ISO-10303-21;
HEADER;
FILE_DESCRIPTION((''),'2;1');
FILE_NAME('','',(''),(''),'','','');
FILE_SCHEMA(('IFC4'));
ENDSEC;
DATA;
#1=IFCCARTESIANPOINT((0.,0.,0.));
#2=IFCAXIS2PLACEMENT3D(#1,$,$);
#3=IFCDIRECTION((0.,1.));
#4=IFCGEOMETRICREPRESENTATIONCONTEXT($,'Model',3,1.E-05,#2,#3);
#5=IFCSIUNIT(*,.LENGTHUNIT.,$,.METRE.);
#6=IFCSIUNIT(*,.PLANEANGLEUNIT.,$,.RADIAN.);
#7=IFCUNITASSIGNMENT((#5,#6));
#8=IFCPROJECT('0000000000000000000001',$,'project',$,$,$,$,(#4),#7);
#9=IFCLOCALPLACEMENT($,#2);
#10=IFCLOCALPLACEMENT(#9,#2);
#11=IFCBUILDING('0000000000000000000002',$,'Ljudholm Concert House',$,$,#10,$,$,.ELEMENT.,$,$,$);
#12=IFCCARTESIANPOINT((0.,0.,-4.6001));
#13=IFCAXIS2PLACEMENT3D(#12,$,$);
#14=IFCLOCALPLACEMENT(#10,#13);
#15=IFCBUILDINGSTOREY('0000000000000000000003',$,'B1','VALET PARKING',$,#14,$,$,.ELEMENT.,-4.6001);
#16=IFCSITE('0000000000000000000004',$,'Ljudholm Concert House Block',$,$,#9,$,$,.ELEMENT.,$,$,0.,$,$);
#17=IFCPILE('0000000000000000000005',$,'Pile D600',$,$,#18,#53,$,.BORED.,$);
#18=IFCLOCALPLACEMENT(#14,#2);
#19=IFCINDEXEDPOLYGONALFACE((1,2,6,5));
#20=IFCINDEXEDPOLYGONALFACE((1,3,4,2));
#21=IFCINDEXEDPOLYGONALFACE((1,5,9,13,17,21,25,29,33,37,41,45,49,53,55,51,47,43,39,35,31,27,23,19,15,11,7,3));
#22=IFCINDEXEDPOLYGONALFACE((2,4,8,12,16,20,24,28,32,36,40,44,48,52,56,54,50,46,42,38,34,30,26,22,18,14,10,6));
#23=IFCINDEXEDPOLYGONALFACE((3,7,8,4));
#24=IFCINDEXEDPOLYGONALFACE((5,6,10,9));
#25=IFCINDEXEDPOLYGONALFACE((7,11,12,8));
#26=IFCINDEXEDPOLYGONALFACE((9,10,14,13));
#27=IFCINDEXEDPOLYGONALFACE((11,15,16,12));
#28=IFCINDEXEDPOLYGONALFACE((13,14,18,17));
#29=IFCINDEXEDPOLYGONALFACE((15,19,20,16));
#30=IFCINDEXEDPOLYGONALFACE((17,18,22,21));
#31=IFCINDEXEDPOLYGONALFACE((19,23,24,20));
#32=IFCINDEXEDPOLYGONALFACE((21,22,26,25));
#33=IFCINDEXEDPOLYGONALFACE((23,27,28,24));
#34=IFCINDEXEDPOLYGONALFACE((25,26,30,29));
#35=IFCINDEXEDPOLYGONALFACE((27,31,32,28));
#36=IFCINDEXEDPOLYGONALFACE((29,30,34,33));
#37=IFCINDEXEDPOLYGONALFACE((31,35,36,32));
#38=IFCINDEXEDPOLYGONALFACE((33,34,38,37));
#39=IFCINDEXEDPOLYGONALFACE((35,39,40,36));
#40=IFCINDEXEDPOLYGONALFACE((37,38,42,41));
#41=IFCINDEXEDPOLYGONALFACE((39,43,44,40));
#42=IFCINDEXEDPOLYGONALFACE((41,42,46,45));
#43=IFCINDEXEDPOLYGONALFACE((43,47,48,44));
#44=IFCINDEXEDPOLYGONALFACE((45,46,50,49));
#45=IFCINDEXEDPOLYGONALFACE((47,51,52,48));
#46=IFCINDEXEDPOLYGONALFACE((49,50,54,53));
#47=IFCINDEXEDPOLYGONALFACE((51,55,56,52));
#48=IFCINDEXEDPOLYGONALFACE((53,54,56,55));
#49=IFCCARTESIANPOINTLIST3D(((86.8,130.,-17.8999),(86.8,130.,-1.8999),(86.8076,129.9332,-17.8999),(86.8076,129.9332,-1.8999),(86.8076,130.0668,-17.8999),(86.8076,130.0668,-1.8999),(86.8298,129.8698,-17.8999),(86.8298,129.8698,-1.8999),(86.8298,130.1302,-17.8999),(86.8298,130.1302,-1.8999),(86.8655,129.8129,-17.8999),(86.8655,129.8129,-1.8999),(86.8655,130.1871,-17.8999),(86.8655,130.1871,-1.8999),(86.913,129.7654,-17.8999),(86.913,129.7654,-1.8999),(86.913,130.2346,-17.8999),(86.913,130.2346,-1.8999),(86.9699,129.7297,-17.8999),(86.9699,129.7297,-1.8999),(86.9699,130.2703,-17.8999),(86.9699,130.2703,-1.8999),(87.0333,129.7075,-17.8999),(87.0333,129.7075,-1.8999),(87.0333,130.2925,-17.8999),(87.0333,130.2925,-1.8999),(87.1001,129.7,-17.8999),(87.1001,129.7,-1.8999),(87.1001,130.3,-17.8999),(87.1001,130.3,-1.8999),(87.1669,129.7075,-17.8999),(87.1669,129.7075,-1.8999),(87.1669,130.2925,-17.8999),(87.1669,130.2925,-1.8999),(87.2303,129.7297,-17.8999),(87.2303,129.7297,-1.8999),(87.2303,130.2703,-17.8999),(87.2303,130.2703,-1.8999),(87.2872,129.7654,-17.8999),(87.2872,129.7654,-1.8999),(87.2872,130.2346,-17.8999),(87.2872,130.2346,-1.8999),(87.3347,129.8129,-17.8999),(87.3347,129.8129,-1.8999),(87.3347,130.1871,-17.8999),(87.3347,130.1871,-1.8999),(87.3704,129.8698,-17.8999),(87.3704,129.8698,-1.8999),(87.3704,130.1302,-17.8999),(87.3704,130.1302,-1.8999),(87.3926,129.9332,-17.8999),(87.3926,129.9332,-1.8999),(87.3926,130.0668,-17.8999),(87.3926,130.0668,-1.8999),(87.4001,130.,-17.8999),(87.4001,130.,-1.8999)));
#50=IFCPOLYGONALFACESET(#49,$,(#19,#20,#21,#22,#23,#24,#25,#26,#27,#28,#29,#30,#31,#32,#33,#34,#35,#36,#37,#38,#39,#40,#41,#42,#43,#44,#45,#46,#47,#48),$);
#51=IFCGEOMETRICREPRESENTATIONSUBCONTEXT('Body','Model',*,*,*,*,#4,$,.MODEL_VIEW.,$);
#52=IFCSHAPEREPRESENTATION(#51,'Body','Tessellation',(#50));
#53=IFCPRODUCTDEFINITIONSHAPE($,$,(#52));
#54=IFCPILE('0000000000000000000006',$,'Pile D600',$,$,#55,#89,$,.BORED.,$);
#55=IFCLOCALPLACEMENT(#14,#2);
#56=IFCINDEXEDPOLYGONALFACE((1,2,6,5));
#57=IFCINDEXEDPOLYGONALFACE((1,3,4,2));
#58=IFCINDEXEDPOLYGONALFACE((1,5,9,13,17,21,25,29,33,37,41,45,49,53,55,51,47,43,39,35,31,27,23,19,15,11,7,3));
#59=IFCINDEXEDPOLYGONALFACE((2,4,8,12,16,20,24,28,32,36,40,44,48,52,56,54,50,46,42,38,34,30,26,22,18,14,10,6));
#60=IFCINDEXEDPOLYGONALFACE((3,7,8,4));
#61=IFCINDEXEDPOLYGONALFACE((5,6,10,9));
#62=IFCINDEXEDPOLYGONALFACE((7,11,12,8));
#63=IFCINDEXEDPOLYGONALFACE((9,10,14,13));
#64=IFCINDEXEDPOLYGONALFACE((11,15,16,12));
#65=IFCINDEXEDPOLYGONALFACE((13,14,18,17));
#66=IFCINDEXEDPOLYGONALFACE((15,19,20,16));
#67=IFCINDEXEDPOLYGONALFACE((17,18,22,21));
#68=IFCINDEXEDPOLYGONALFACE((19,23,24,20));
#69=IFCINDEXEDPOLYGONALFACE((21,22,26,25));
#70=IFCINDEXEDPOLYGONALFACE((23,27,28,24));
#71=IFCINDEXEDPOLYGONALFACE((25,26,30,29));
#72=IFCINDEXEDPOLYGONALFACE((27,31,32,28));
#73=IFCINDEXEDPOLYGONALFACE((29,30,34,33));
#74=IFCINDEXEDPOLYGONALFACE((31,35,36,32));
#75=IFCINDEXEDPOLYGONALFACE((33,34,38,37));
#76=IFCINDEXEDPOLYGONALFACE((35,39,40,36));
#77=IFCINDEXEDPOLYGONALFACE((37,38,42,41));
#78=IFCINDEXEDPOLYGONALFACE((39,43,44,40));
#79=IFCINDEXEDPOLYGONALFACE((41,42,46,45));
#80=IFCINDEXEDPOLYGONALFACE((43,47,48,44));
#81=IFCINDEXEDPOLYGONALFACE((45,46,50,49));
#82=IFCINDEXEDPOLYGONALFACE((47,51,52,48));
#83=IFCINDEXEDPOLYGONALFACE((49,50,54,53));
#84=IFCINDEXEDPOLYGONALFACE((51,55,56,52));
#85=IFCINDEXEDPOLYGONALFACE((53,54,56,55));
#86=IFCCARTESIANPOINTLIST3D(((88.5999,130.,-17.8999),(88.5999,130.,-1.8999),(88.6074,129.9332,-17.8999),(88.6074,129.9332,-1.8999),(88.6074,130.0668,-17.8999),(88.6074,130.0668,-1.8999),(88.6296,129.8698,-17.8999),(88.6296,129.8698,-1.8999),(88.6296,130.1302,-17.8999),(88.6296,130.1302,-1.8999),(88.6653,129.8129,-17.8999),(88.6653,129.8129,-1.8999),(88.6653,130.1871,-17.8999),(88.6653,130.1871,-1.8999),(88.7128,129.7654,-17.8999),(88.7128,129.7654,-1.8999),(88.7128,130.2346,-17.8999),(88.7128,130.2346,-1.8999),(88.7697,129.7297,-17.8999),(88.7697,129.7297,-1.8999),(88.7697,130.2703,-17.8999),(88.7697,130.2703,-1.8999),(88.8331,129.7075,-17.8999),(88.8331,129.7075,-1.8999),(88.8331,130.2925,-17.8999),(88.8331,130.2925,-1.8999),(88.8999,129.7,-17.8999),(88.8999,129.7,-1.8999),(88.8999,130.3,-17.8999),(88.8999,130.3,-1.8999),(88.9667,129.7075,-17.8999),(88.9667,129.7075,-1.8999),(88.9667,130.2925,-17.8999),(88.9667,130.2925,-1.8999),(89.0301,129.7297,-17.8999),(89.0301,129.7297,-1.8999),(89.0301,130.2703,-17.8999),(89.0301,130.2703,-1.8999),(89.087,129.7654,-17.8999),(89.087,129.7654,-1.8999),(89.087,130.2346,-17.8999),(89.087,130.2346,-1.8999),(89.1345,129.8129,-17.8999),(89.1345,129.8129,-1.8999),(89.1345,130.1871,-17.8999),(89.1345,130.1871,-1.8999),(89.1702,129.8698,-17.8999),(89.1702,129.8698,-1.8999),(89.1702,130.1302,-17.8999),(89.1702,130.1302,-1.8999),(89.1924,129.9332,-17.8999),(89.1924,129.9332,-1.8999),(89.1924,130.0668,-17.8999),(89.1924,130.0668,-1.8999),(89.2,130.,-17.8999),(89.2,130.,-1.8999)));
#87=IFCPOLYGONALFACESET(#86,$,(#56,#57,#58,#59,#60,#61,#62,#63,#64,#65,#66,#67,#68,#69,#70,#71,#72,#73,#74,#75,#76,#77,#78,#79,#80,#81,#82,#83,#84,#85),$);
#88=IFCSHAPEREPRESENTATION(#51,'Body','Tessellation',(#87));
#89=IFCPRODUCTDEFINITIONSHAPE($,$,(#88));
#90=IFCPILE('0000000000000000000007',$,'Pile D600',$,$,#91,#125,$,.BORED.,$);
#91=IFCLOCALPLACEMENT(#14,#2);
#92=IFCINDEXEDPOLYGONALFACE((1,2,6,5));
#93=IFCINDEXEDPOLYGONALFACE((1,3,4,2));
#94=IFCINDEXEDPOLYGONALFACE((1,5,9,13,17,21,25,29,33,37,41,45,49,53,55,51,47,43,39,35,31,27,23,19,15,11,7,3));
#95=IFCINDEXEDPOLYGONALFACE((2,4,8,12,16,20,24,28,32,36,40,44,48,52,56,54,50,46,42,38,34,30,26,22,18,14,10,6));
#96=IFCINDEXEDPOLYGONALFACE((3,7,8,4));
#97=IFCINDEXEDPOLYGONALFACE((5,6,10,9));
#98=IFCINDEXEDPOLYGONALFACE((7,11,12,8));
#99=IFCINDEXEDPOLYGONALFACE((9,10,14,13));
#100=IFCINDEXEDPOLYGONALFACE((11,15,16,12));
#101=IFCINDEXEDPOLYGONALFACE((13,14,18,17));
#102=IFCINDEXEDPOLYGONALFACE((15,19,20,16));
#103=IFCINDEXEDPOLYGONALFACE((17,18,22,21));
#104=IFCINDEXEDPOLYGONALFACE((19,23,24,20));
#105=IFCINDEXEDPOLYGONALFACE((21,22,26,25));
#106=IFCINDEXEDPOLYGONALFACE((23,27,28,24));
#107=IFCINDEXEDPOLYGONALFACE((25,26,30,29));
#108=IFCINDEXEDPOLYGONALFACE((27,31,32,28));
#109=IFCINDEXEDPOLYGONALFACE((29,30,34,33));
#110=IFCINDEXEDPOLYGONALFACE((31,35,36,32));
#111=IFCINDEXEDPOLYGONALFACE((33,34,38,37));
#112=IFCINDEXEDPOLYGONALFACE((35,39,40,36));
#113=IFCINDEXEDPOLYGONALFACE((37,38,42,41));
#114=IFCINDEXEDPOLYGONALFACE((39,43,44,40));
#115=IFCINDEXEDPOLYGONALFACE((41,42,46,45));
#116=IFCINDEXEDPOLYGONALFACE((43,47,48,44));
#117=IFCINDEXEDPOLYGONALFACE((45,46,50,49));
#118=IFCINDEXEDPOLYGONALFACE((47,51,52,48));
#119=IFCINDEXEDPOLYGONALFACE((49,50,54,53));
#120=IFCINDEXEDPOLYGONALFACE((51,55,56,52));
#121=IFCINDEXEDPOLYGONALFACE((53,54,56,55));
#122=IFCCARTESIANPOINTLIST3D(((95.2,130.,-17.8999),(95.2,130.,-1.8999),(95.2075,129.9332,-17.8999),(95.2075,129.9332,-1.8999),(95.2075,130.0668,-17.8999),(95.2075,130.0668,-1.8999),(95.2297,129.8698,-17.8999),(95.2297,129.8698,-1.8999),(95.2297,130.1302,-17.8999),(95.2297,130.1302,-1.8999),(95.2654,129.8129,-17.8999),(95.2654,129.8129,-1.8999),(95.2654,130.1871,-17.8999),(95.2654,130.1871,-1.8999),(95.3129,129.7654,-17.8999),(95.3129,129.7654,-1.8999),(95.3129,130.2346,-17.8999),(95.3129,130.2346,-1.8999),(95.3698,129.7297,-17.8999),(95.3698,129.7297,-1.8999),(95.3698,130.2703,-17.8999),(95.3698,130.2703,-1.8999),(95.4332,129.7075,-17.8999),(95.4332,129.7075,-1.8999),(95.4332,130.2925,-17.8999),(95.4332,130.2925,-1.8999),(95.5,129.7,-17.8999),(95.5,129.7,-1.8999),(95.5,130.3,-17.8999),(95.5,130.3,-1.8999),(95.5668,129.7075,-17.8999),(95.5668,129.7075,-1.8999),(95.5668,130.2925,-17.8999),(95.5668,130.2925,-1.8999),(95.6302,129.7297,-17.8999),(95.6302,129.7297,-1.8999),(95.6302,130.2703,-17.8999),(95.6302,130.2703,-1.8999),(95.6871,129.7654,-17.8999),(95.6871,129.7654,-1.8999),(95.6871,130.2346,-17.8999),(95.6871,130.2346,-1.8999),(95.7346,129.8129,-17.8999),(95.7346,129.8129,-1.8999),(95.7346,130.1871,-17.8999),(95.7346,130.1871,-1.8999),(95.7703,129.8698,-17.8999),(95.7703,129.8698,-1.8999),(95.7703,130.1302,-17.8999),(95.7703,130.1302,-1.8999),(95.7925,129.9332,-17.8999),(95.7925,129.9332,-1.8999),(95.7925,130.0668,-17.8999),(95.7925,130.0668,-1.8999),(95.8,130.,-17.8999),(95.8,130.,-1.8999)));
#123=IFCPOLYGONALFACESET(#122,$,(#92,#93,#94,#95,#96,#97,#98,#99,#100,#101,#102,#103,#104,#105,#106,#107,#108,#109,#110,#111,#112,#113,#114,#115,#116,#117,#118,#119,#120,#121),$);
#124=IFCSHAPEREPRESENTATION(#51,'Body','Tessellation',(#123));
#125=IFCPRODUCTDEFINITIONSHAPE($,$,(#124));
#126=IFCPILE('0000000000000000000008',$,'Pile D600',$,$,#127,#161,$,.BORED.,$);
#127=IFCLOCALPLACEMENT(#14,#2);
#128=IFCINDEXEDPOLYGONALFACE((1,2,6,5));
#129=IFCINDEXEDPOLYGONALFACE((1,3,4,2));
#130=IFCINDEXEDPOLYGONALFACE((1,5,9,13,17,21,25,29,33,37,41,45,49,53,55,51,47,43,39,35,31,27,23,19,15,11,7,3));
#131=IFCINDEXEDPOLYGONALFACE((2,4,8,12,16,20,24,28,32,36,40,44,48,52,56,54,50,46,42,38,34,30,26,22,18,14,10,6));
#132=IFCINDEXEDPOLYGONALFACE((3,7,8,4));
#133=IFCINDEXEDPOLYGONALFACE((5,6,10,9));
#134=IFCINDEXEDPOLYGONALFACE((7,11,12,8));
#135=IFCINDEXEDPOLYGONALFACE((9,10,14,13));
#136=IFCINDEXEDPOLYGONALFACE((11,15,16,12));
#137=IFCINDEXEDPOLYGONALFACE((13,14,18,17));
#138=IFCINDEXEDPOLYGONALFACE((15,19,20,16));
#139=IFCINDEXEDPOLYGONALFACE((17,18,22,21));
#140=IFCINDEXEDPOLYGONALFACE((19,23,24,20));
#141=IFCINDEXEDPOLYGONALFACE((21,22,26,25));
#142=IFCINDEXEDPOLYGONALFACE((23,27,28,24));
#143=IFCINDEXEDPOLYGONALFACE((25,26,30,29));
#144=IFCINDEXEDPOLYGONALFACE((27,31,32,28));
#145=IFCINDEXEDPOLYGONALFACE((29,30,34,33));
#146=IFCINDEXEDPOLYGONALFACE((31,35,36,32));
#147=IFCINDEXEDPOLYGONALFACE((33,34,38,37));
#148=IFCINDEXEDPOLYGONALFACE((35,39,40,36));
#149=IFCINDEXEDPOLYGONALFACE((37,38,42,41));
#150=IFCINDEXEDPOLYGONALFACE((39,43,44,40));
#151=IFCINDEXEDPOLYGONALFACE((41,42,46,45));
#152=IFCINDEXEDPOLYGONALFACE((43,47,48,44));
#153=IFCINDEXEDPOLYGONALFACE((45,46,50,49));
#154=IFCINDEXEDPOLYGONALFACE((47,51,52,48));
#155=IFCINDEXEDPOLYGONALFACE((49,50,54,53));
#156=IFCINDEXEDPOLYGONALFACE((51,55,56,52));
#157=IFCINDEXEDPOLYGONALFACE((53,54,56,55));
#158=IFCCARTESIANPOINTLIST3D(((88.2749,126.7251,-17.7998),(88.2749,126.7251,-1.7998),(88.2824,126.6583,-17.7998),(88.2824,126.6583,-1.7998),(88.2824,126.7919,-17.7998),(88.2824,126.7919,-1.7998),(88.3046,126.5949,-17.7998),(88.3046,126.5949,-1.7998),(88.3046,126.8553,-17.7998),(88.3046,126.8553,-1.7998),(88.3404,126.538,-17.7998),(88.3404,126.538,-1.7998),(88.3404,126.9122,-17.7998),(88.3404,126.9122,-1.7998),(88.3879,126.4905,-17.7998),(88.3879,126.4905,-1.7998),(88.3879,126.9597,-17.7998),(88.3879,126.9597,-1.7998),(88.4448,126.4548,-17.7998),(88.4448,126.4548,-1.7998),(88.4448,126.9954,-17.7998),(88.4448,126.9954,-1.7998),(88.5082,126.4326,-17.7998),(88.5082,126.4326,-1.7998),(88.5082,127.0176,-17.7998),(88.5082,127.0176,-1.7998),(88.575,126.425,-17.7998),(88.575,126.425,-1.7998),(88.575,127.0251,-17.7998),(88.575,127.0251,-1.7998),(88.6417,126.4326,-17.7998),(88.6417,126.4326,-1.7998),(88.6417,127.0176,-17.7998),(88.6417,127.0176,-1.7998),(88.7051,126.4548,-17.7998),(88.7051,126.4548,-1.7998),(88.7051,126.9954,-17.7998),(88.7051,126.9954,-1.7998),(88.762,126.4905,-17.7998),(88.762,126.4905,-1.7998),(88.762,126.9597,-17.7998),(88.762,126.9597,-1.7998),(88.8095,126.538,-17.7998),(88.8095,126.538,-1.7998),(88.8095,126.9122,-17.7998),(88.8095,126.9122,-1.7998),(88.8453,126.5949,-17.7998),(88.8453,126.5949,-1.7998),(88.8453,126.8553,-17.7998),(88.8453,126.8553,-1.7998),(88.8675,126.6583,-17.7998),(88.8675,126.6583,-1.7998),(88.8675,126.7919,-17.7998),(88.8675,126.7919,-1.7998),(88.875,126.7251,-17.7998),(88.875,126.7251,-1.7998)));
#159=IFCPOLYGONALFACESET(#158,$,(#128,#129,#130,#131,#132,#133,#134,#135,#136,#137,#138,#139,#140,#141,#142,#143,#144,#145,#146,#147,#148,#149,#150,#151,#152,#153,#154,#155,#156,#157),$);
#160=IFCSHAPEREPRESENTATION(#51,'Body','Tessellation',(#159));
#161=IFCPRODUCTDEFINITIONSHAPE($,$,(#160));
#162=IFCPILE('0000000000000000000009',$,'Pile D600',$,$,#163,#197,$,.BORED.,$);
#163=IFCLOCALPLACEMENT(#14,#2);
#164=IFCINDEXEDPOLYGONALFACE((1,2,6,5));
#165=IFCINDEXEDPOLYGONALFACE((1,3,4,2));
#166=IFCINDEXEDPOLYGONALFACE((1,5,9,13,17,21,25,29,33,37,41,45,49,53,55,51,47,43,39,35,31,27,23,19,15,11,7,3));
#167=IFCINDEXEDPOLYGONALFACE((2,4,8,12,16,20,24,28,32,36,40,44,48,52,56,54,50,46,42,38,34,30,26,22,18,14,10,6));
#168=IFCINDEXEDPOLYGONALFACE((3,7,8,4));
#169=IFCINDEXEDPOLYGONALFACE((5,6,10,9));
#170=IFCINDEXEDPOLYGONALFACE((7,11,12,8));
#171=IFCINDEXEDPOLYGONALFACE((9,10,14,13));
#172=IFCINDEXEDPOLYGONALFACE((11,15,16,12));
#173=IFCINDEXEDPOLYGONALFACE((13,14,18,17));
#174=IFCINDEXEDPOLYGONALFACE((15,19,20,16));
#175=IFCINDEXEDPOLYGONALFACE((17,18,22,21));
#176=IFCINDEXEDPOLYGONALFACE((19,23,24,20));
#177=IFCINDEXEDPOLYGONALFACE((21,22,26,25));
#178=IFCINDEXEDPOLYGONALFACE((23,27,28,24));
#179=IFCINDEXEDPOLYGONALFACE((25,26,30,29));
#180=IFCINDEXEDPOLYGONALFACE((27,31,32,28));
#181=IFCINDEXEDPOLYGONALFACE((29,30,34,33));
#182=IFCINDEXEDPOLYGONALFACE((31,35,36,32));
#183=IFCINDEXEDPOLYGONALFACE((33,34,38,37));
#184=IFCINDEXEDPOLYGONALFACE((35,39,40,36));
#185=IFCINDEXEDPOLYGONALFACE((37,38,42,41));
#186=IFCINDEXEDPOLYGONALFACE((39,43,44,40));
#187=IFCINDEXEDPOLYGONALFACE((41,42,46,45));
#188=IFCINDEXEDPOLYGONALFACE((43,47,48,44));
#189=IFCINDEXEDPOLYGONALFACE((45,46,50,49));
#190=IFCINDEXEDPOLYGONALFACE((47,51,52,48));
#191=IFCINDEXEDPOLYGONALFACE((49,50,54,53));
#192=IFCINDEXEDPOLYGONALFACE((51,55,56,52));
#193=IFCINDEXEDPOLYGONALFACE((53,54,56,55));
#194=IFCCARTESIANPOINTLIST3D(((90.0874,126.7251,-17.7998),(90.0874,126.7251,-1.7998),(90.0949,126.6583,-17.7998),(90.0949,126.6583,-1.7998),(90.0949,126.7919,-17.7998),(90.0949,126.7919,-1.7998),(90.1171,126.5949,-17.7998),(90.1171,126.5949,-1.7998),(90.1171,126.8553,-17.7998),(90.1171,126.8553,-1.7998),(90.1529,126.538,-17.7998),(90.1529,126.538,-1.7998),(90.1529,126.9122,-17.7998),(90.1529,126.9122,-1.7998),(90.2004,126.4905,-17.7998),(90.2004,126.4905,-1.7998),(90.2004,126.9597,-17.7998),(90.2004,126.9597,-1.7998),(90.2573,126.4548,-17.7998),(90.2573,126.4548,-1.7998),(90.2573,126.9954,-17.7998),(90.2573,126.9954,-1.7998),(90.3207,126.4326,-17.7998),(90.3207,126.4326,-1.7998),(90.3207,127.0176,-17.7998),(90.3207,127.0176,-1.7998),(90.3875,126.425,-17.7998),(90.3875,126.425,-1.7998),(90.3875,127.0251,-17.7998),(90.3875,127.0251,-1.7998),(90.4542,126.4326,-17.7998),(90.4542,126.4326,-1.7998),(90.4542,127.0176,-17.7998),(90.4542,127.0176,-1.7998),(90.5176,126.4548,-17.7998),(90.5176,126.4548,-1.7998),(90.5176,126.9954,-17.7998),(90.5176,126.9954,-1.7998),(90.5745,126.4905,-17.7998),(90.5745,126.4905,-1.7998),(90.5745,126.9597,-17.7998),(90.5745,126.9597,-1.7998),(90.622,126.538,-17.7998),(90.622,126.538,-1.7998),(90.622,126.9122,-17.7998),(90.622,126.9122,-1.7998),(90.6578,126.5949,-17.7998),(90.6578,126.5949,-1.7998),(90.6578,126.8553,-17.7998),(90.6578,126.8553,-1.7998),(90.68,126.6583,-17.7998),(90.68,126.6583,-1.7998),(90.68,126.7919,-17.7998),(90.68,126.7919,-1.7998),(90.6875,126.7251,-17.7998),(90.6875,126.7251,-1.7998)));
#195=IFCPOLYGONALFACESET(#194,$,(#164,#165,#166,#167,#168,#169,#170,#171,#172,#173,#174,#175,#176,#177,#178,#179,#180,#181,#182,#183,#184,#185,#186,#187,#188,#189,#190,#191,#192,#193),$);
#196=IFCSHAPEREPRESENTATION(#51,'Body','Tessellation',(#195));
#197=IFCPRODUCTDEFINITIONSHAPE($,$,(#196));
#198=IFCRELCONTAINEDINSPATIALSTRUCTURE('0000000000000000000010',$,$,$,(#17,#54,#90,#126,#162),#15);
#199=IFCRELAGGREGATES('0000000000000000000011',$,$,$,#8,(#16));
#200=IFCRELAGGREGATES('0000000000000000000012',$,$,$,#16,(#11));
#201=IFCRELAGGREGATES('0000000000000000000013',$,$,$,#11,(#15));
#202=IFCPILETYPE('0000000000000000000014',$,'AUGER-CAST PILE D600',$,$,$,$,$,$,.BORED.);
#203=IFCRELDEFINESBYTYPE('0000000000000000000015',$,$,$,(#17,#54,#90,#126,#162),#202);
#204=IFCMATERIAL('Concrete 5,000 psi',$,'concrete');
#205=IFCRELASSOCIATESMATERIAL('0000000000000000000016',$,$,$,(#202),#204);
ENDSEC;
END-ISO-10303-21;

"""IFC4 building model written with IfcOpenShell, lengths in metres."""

from ifc_helpers import new_model, si_unit, direction, frame, origin, origin_2d, place, context, subcontext, project, spatial, circle, extrude, material, material_profile, profile_set, type_object, element, save


model = new_model("IFC4")

# Units and contexts
model_context = context("Model", 3, precision=1e-05, world=origin(), true_north=direction((0.0, 1.0)))
body_context = subcontext(model_context, "Body", "Model", "MODEL_VIEW")
ifc_project = project(units=[si_unit("LENGTHUNIT", "METRE"), si_unit("PLANEANGLEUNIT", "RADIAN")], contexts=[model_context])

# Site, building, storey
site_placement = place(None, origin())
site = spatial("IfcSite", under=ifc_project, at=site_placement, Name="Ljudholm Concert House Block", CompositionType="ELEMENT", RefElevation=0.0)
building_placement = place(site_placement, origin())
building = spatial("IfcBuilding", under=site, at=building_placement, Name="Ljudholm Concert House", CompositionType="ELEMENT")
storey_placement = place(building_placement, frame((0.0, 0.0, -4.6001)))
storey = spatial("IfcBuildingStorey", under=building, at=storey_placement, Name="B1", Description="VALET PARKING", CompositionType="ELEMENT", Elevation=-4.6001)

# Piles
ifc_material_1 = material(Name="Concrete 5,000 psi", Category="concrete")
ifc_material_profile_1 = material_profile(ifc_material_1, circle(Radius=0.3, at=origin_2d()), Name="AUGER-CAST PILE D600")
ifc_profile_set_1 = profile_set([ifc_material_profile_1], Name="Concrete 5,000 psi")
pile_type = type_object("IfcPileType", Name="AUGER-CAST PILE D600", PredefinedType="BORED", material=ifc_profile_set_1)
for number, where, z_axis, x_axis, name in (
    (1, (87.1001, 130.0, -1.8999), (0.0, 0.0, -1.0), (1.0, 0.0, 0.0), "Pile D600"),
    (2, (88.8999, 130.0, -1.8999), (0.0, 0.0, -1.0), (1.0, 0.0, 0.0), "Pile D600"),
    (3, (95.5, 130.0, -1.8999), (0.0, 0.0, -1.0), (1.0, 0.0, 0.0), "Pile D600"),
    (4, (88.575, 126.7251, -1.7998), (0.0, 0.0, -1.0), (1.0, 0.0, 0.0), "Pile D600"),
    (5, (90.3875, 126.7251, -1.7998), (0.0, 0.0, -1.0), (1.0, 0.0, 0.0), "Pile D600"),
):
    element("IfcPile", number, at=place(storey_placement, frame(where, z_axis=z_axis, x_axis=x_axis)), inside=storey, type_object=pile_type, Name=name, PredefinedType="BORED", context=body_context, shape_type="SweptSolid", body=[
        extrude(circle(Radius=0.3, at=origin_2d()), origin(), (0.0, 0.0, 1.0), 16.0),
    ])

save(model, "model.ifc")
